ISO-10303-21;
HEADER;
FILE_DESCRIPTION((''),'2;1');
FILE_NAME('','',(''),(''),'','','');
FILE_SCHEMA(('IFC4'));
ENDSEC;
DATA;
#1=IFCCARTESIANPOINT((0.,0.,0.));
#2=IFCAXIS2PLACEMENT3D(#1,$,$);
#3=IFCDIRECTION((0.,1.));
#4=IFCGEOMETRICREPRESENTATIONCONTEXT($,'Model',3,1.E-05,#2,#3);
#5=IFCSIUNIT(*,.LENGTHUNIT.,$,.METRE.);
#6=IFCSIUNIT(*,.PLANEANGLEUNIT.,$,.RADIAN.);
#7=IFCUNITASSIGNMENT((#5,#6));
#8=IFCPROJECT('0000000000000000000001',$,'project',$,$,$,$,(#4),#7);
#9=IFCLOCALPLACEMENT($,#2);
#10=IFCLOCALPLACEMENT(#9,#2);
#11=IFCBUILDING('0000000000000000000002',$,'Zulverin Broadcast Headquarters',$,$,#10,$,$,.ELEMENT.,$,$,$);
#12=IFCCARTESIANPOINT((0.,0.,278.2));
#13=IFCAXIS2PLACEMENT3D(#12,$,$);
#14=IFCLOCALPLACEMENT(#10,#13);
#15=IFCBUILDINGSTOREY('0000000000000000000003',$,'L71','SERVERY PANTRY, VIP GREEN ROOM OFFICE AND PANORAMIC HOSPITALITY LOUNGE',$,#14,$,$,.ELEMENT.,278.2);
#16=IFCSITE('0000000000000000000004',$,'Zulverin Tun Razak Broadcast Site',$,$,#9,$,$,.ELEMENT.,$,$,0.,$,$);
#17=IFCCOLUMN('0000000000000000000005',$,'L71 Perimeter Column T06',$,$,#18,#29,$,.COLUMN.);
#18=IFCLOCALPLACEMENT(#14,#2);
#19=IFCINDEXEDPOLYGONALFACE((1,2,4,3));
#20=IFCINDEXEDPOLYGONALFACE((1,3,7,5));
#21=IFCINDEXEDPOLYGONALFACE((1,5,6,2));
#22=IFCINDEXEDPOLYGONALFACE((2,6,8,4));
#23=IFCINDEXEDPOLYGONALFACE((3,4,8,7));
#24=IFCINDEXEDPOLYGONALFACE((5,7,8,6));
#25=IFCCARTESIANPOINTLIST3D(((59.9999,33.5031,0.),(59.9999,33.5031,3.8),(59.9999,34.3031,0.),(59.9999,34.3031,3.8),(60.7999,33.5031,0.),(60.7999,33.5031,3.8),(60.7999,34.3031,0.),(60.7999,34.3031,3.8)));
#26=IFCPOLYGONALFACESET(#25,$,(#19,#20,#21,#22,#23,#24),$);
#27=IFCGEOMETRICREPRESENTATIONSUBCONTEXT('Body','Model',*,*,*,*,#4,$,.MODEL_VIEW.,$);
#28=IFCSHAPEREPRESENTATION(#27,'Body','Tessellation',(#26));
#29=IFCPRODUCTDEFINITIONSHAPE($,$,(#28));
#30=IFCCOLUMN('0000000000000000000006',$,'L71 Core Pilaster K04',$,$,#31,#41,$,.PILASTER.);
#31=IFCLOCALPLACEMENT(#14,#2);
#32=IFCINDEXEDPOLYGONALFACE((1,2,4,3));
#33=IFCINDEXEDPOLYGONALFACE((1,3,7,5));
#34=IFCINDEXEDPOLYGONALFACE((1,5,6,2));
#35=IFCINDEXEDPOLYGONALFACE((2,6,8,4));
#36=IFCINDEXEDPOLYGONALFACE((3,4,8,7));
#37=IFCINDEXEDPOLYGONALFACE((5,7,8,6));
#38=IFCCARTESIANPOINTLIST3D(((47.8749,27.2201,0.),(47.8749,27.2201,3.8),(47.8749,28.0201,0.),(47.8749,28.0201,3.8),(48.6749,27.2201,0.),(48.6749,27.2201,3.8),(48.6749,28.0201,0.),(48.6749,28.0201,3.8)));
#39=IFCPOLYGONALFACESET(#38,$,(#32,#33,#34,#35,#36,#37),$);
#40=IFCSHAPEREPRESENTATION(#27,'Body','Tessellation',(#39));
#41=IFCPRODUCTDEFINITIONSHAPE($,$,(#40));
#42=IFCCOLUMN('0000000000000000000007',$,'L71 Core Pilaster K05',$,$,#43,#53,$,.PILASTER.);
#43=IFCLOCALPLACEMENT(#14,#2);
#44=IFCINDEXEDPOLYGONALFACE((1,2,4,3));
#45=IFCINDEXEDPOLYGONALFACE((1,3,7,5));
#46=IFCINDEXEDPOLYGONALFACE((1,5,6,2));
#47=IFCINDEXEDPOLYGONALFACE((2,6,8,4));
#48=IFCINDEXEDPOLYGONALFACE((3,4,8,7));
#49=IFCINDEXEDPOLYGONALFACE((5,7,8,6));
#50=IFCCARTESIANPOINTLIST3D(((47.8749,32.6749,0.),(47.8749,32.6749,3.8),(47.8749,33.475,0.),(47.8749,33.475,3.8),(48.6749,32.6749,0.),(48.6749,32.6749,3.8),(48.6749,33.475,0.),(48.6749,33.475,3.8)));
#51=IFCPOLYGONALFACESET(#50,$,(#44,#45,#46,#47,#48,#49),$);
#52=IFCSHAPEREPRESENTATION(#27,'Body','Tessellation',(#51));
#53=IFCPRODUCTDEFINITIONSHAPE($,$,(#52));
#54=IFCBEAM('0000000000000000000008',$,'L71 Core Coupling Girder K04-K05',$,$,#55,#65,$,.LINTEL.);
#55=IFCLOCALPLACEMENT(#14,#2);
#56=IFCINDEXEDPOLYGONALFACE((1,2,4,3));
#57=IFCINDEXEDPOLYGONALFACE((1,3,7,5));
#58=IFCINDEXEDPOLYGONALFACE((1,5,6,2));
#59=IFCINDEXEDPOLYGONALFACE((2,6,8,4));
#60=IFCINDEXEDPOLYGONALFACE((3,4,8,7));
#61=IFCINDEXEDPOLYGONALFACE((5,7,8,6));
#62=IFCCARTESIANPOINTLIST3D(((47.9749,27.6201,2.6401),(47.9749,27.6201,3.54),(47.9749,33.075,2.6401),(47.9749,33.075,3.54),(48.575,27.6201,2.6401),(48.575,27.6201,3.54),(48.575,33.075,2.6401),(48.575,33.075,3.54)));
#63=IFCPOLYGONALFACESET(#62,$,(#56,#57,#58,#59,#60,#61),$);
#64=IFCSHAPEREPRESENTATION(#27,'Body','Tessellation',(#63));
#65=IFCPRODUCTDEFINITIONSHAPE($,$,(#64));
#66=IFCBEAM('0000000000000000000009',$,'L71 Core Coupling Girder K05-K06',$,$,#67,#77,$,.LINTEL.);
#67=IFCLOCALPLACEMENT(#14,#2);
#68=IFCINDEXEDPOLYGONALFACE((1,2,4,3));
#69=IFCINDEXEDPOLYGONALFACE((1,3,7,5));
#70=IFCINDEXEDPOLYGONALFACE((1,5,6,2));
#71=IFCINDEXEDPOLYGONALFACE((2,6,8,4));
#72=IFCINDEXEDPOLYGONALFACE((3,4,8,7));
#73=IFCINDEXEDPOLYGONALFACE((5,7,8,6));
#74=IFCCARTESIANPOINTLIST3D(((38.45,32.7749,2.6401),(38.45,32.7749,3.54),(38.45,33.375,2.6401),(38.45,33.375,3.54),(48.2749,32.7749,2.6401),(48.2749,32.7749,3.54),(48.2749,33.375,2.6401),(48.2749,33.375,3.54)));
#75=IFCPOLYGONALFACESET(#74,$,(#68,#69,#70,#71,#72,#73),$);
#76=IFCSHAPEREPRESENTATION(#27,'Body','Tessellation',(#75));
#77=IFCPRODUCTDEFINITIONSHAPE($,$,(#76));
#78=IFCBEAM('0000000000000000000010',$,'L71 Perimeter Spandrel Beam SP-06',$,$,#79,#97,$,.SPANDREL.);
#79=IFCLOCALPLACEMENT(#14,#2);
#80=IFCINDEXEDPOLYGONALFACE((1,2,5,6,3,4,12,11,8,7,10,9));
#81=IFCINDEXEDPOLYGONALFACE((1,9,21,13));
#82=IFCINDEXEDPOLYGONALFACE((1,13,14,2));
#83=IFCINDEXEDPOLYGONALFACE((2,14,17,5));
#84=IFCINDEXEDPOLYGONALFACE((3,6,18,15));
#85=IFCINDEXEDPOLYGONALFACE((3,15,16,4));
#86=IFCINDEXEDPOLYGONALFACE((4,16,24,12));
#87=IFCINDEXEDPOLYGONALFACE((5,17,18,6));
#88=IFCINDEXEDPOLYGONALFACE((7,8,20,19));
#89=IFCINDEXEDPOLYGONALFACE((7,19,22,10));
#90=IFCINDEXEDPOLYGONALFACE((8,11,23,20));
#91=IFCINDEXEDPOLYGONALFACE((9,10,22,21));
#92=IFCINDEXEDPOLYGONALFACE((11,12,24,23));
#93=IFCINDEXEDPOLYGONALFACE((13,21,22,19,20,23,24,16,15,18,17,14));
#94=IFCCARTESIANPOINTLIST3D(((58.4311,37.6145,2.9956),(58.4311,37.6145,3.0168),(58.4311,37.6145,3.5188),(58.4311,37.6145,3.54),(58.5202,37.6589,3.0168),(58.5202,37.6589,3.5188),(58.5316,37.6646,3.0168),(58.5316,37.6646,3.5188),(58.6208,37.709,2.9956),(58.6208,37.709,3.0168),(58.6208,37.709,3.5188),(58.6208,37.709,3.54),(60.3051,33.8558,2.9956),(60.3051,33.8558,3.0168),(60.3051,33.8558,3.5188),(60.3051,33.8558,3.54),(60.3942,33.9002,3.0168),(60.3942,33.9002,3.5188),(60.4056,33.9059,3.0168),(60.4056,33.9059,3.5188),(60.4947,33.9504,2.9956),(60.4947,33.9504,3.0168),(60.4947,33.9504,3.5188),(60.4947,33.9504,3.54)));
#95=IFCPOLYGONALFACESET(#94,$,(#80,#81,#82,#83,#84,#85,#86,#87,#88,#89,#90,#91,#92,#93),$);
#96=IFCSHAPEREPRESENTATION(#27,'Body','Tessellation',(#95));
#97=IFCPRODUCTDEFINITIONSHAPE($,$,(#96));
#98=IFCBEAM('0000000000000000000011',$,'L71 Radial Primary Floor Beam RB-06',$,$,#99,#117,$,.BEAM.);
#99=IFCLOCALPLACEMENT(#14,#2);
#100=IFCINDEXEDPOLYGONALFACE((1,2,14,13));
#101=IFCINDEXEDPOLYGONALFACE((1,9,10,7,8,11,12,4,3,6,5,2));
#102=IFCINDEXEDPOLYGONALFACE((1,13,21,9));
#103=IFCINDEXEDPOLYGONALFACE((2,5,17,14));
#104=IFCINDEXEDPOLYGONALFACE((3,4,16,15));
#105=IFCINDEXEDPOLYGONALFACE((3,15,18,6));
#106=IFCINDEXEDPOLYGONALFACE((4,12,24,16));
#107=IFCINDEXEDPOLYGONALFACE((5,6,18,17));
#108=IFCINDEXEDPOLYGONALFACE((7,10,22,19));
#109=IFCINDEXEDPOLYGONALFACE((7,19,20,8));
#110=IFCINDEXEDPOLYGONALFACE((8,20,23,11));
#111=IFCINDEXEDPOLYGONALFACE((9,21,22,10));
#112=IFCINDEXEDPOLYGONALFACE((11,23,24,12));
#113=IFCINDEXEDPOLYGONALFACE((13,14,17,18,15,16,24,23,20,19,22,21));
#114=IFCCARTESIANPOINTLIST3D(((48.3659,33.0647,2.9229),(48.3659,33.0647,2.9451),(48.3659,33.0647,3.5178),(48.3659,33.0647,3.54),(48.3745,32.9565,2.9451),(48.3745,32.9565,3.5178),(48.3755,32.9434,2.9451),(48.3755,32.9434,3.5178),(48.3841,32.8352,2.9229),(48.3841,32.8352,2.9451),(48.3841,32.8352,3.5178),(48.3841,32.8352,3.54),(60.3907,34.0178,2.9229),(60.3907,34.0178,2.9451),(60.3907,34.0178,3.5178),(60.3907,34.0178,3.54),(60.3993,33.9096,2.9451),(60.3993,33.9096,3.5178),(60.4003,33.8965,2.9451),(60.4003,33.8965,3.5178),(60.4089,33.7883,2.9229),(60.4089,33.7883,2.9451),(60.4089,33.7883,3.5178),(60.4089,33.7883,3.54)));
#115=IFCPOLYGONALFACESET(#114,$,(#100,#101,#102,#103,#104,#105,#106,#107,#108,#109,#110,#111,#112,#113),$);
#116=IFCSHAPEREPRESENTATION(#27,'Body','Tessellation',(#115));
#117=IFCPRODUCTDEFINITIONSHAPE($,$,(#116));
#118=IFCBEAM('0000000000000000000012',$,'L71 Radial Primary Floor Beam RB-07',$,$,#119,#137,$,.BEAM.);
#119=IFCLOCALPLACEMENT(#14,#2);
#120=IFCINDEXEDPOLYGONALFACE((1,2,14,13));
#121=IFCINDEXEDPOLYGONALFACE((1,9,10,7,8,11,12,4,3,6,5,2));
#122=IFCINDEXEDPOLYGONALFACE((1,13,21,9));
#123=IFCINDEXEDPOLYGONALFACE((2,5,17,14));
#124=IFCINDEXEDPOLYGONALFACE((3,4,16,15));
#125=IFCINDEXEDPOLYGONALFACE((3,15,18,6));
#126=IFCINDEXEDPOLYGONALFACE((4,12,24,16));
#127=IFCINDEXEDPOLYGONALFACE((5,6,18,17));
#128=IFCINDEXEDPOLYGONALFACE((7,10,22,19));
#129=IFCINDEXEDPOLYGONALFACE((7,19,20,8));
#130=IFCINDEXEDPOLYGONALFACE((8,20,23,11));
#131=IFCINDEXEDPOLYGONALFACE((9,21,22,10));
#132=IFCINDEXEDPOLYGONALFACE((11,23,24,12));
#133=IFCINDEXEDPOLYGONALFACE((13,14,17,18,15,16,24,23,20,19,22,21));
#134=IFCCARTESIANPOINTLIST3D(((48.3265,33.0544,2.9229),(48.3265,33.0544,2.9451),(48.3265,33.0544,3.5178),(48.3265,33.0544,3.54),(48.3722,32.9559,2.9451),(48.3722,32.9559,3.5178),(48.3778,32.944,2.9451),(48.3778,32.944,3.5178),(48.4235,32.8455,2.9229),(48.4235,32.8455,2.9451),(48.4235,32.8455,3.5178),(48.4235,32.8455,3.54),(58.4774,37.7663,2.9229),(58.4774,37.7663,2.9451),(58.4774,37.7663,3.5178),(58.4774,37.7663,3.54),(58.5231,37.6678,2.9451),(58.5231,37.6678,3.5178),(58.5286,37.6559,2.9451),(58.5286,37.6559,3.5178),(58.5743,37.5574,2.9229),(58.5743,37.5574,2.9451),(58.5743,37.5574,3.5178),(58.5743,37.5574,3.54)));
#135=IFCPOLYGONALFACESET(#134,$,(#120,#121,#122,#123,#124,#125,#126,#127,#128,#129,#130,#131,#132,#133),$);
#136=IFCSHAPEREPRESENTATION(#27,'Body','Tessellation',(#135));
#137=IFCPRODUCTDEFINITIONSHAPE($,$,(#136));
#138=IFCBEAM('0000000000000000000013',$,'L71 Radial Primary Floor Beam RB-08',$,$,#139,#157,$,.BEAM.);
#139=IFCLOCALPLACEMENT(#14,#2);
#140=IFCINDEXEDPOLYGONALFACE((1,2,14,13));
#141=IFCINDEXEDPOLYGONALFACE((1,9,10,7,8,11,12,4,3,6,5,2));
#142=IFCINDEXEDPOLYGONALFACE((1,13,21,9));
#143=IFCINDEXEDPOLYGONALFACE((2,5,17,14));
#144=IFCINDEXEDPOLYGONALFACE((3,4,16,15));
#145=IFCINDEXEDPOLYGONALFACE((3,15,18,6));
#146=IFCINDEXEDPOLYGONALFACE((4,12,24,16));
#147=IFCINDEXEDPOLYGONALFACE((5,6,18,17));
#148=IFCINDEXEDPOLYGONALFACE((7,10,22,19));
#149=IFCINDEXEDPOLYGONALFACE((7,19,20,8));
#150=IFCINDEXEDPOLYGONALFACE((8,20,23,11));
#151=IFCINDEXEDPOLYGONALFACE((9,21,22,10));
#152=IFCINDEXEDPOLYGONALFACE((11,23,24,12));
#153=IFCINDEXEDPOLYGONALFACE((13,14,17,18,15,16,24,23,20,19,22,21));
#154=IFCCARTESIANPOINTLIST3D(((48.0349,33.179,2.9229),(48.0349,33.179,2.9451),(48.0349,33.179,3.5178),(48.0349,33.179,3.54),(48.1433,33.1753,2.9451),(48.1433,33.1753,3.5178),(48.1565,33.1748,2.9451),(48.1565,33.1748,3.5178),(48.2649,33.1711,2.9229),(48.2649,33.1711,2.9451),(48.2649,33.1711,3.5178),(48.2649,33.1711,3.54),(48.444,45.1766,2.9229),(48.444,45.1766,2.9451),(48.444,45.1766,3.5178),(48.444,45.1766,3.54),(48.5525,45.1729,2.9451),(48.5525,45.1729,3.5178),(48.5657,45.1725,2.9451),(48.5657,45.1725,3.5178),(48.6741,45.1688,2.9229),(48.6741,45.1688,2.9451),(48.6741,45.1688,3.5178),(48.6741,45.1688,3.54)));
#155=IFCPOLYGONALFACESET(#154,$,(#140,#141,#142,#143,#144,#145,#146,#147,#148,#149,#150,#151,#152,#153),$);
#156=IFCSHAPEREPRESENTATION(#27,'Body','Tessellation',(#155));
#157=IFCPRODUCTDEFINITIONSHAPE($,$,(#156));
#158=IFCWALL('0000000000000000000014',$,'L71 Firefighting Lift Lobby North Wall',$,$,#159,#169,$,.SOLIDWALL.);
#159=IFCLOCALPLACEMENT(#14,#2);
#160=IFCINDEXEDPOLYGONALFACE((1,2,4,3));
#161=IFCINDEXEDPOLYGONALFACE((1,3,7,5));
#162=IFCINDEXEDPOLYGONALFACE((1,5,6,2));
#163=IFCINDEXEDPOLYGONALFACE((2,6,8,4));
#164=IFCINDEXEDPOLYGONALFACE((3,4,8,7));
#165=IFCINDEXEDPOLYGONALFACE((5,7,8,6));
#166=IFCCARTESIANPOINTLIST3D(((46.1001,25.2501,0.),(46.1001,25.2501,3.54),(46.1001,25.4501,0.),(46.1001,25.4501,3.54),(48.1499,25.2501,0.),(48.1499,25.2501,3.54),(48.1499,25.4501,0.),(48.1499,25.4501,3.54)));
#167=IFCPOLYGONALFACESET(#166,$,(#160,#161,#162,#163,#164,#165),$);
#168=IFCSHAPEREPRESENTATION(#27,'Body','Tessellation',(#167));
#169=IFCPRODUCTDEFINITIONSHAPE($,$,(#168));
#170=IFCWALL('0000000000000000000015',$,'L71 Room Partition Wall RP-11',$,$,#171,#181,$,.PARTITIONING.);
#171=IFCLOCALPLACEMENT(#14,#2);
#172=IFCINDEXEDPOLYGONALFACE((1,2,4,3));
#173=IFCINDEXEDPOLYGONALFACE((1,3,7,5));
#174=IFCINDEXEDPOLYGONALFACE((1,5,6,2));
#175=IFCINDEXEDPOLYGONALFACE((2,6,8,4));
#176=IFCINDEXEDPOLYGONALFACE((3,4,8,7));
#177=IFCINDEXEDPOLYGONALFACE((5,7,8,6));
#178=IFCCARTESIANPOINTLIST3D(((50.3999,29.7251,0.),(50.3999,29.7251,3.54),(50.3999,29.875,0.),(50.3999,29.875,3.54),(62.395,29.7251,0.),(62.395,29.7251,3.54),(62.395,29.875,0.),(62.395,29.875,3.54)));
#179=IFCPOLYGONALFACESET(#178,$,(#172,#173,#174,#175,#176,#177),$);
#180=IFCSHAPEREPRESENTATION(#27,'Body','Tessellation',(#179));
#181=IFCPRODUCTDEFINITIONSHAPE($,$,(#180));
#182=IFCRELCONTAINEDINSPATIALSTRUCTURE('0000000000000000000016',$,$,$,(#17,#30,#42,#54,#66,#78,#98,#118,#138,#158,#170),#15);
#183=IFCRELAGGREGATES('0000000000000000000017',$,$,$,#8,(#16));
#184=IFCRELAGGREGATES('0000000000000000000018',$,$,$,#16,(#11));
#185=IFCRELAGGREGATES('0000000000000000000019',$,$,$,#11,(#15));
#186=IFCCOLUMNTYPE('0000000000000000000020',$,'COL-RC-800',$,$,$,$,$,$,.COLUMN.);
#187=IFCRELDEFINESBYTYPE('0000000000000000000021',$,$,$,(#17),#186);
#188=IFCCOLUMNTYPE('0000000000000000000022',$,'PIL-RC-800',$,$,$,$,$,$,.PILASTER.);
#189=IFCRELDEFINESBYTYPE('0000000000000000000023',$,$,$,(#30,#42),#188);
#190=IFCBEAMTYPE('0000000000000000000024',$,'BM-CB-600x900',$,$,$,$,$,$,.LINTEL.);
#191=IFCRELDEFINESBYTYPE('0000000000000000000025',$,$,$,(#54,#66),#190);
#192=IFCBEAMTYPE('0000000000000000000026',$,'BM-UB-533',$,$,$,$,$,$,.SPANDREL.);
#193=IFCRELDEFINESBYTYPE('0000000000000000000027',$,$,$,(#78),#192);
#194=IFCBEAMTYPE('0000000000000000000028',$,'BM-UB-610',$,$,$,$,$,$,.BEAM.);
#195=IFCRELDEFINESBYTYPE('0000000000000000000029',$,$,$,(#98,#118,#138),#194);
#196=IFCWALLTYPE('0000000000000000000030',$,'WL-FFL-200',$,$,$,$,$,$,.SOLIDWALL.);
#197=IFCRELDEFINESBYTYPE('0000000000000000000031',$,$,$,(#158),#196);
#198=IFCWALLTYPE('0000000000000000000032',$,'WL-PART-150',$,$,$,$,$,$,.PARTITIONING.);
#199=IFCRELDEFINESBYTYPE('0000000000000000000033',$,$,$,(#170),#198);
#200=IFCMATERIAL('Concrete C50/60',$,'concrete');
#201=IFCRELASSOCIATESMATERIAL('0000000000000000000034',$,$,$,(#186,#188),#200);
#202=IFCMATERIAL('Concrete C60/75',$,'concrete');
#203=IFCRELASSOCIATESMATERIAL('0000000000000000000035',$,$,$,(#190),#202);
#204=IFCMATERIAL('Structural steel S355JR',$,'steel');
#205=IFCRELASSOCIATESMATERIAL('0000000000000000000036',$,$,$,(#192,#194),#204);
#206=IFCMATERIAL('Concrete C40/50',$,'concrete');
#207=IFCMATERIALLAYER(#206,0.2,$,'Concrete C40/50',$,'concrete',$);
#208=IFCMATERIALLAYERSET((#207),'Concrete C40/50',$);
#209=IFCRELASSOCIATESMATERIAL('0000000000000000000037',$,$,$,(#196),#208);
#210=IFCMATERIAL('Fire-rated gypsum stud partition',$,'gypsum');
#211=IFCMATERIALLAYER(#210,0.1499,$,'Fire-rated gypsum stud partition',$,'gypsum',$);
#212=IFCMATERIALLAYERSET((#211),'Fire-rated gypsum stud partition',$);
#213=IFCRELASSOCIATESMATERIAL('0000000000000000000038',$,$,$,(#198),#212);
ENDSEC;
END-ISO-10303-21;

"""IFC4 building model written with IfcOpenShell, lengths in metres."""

from ifc_helpers import new_model, si_unit, direction, frame, frame_2d, origin, origin_2d, place, context, subcontext, project, spatial, rectangle, i_section, extrude, material, layer, layer_set, material_profile, profile_set, type_object, element, save


model = new_model("IFC4")

# Units and contexts
model_context = context("Model", 3, precision=1e-05, world=origin(), true_north=direction((0.0, 1.0)))
body_context = subcontext(model_context, "Body", "Model", "MODEL_VIEW")
ifc_project = project(units=[si_unit("LENGTHUNIT", "METRE"), si_unit("PLANEANGLEUNIT", "RADIAN")], contexts=[model_context])

# Site, building, storey
site_placement = place(None, origin())
site = spatial("IfcSite", under=ifc_project, at=site_placement, Name="Zulverin Tun Razak Broadcast Site", CompositionType="ELEMENT", RefElevation=0.0)
building_placement = place(site_placement, origin())
building = spatial("IfcBuilding", under=site, at=building_placement, Name="Zulverin Broadcast Headquarters", CompositionType="ELEMENT")
storey_placement = place(building_placement, frame((0.0, 0.0, 278.2)))
storey = spatial("IfcBuildingStorey", under=building, at=storey_placement, Name="L71", Description="SERVERY PANTRY, VIP GREEN ROOM OFFICE AND PANORAMIC HOSPITALITY LOUNGE", CompositionType="ELEMENT", Elevation=278.2)

# Columns
ifc_material_1 = material(Name="Concrete C50/60", Category="concrete")
ifc_material_profile_1 = material_profile(ifc_material_1, rectangle(XDim=0.8, YDim=0.8, at=origin_2d()), Name="Concrete C50/60", Category="concrete")
ifc_profile_set_1 = profile_set([ifc_material_profile_1], Name="Concrete C50/60")
column_type_1 = type_object("IfcColumnType", Name="COL-RC-800", PredefinedType="COLUMN", material=ifc_profile_set_1)
column_placement = place(storey_placement, frame((60.3999, 33.9031, 0.0), z_axis=(0.0, 0.0, 1.0), x_axis=(1.0, 0.0, 0.0)))
element("IfcColumn", 1, at=column_placement, inside=storey, type_object=column_type_1, Name="L71 Perimeter Column T06", PredefinedType="COLUMN", context=body_context, shape_type="SweptSolid", body=[
    extrude(rectangle(XDim=0.8, YDim=0.8, at=origin_2d()), origin(), (0.0, 0.0, 1.0), 3.8),
])
ifc_material_profile_2 = material_profile(ifc_material_1, rectangle(XDim=0.8, YDim=0.8, at=origin_2d()), Name="Concrete C50/60", Category="concrete")
ifc_profile_set_2 = profile_set([ifc_material_profile_2], Name="Concrete C50/60")
column_type_2 = type_object("IfcColumnType", Name="PIL-RC-800", PredefinedType="PILASTER", material=ifc_profile_set_2)
for number, where, z_axis, x_axis, name in (
    (2, (48.2749, 27.6201, 0.0), (0.0, 0.0, 1.0), (1.0, 0.0, 0.0), "L71 Core Pilaster K04"),
    (3, (48.2749, 33.075, 0.0), (0.0, 0.0, 1.0), (1.0, 0.0, 0.0), "L71 Core Pilaster K05"),
):
    element("IfcColumn", number, at=place(storey_placement, frame(where, z_axis=z_axis, x_axis=x_axis)), inside=storey, type_object=column_type_2, Name=name, PredefinedType="PILASTER", context=body_context, shape_type="SweptSolid", body=[
        extrude(rectangle(XDim=0.8, YDim=0.8, at=origin_2d()), origin(), (0.0, 0.0, 1.0), 3.8),
    ])

# Beams
ifc_material_2 = material(Name="Concrete C60/75", Category="concrete")
ifc_material_profile_3 = material_profile(ifc_material_2, rectangle(XDim=0.6001, YDim=0.8999, at=origin_2d()), Name="Concrete C60/75", Category="concrete")
ifc_profile_set_3 = profile_set([ifc_material_profile_3], Name="Concrete C60/75")
beam_type_1 = type_object("IfcBeamType", Name="BM-CB-600x900", PredefinedType="LINTEL", material=ifc_profile_set_3)
beam_1_placement = place(storey_placement, frame((48.2749, 27.6201, 3.0901), z_axis=(0.0, 1.0, 0.0), x_axis=(-1.0, 0.0, 0.0)))
element("IfcBeam", 4, at=beam_1_placement, inside=storey, type_object=beam_type_1, Name="L71 Core Coupling Girder K04-K05", PredefinedType="LINTEL", context=body_context, shape_type="SweptSolid", body=[
    extrude(rectangle(XDim=0.6001, YDim=0.8999, at=origin_2d()), origin(), (0.0, 0.0, 1.0), 5.4548),
])
beam_2_placement = place(storey_placement, frame((48.2749, 33.075, 3.0901), z_axis=(-1.0, 0.0, 0.0), x_axis=(0.0, -1.0, 0.0)))
element("IfcBeam", 5, at=beam_2_placement, inside=storey, type_object=beam_type_1, Name="L71 Core Coupling Girder K05-K06", PredefinedType="LINTEL", context=body_context, shape_type="SweptSolid", body=[
    extrude(rectangle(XDim=0.6001, YDim=0.8999, at=origin_2d()), origin(), (0.0, 0.0, 1.0), 9.825),
])
ifc_material_3 = material(Name="Structural steel S355JR", Category="steel")
ifc_material_profile_4 = material_profile(ifc_material_3, i_section(OverallWidth=0.2119, OverallDepth=0.5444, WebThickness=0.0127, FlangeThickness=0.0212, at=origin_2d()), Name="Structural steel S355JR", Category="steel")
ifc_profile_set_4 = profile_set([ifc_material_profile_4], Name="Structural steel S355JR")
beam_type_2 = type_object("IfcBeamType", Name="BM-UB-533", PredefinedType="SPANDREL", material=ifc_profile_set_4)
beam_3_placement = place(storey_placement, frame((60.3999, 33.9031, 3.2678), z_axis=(-0.44619, 0.894938, 0.0), x_axis=(-0.894938, -0.44619, 0.0)))
element("IfcBeam", 6, at=beam_3_placement, inside=storey, type_object=beam_type_2, Name="L71 Perimeter Spandrel Beam SP-06", PredefinedType="SPANDREL", context=body_context, shape_type="SweptSolid", body=[
    extrude(i_section(OverallWidth=0.2119, OverallDepth=0.5444, WebThickness=0.0127, FlangeThickness=0.0212, at=origin_2d()), origin(), (0.0, 0.0, 1.0), 4.2),
])
ifc_material_profile_5 = material_profile(ifc_material_3, i_section(OverallWidth=0.2302, OverallDepth=0.6172, WebThickness=0.0132, FlangeThickness=0.0222, at=origin_2d()), Name="Structural steel S355JR", Category="steel")
ifc_profile_set_5 = profile_set([ifc_material_profile_5], Name="Structural steel S355JR")
beam_type_3 = type_object("IfcBeamType", Name="BM-UB-610", PredefinedType="BEAM", material=ifc_profile_set_5)
beam_4_placement = place(storey_placement, frame((48.375, 32.95, 3.2314), z_axis=(0.996873, 0.079015, 0.0), x_axis=(-0.079015, 0.996873, 0.0)))
element("IfcBeam", 7, at=beam_4_placement, inside=storey, type_object=beam_type_3, Name="L71 Radial Primary Floor Beam RB-06", PredefinedType="BEAM", context=body_context, shape_type="SweptSolid", body=[
    extrude(i_section(OverallWidth=0.2302, OverallDepth=0.6172, WebThickness=0.0132, FlangeThickness=0.0222, at=origin_2d()), origin(), (0.0, 0.0, 1.0), 12.0625),
])
beam_5_placement = place(storey_placement, frame((48.375, 32.95, 3.2314), z_axis=(0.907043, 0.421038, 0.0), x_axis=(-0.421038, 0.907043, 0.0)))
element("IfcBeam", 8, at=beam_5_placement, inside=storey, type_object=beam_type_3, Name="L71 Radial Primary Floor Beam RB-07", PredefinedType="BEAM", context=body_context, shape_type="SweptSolid", body=[
    extrude(i_section(OverallWidth=0.2302, OverallDepth=0.6172, WebThickness=0.0132, FlangeThickness=0.0222, at=origin_2d()), origin(), (0.0, 0.0, 1.0), 11.1912),
])
beam_6_placement = place(storey_placement, frame((48.1499, 33.175, 3.2314), z_axis=(0.034085, 0.999419, 0.0), x_axis=(-0.999419, 0.034085, 0.0)))
element("IfcBeam", 9, at=beam_6_placement, inside=storey, type_object=beam_type_3, Name="L71 Radial Primary Floor Beam RB-08", PredefinedType="BEAM", context=body_context, shape_type="SweptSolid", body=[
    extrude(i_section(OverallWidth=0.2302, OverallDepth=0.6172, WebThickness=0.0132, FlangeThickness=0.0222, at=origin_2d()), origin(), (0.0, 0.0, 1.0), 12.0046),
])

# Walls
ifc_material_4 = material(Name="Concrete C40/50", Category="concrete")
ifc_layer_1 = layer(ifc_material_4, 0.2, Name="Concrete C40/50", Category="concrete")
ifc_layer_set_1 = layer_set([ifc_layer_1], Name="Concrete C40/50")
wall_type_1 = type_object("IfcWallType", Name="WL-FFL-200", PredefinedType="SOLIDWALL", material=ifc_layer_set_1)
wall_1_placement = place(storey_placement, frame((46.1001, 25.3501, 0.0), z_axis=(0.0, 0.0, 1.0), x_axis=(1.0, 0.0, 0.0)))
element("IfcWall", 10, at=wall_1_placement, inside=storey, type_object=wall_type_1, Name="L71 Firefighting Lift Lobby North Wall", PredefinedType="SOLIDWALL", context=body_context, shape_type="SweptSolid", body=[
    extrude(rectangle(XDim=2.0498, YDim=0.2, at=frame_2d((1.0249, 0.0))), origin(), (0.0, 0.0, 1.0), 3.54),
])
ifc_material_5 = material(Name="Fire-rated gypsum stud partition", Category="gypsum")
ifc_layer_2 = layer(ifc_material_5, 0.1499, Name="Fire-rated gypsum stud partition", Category="gypsum")
ifc_layer_set_2 = layer_set([ifc_layer_2], Name="Fire-rated gypsum stud partition")
wall_type_2 = type_object("IfcWallType", Name="WL-PART-150", PredefinedType="PARTITIONING", material=ifc_layer_set_2)
wall_2_placement = place(storey_placement, frame((50.3999, 29.8, 0.0), z_axis=(0.0, 0.0, 1.0), x_axis=(1.0, 0.0, 0.0)))
element("IfcWall", 11, at=wall_2_placement, inside=storey, type_object=wall_type_2, Name="L71 Room Partition Wall RP-11", PredefinedType="PARTITIONING", context=body_context, shape_type="SweptSolid", body=[
    extrude(rectangle(XDim=11.9951, YDim=0.1499, at=frame_2d((5.9976, 0.0))), origin(), (0.0, 0.0, 1.0), 3.54),
])

save(model, "model.ifc")
